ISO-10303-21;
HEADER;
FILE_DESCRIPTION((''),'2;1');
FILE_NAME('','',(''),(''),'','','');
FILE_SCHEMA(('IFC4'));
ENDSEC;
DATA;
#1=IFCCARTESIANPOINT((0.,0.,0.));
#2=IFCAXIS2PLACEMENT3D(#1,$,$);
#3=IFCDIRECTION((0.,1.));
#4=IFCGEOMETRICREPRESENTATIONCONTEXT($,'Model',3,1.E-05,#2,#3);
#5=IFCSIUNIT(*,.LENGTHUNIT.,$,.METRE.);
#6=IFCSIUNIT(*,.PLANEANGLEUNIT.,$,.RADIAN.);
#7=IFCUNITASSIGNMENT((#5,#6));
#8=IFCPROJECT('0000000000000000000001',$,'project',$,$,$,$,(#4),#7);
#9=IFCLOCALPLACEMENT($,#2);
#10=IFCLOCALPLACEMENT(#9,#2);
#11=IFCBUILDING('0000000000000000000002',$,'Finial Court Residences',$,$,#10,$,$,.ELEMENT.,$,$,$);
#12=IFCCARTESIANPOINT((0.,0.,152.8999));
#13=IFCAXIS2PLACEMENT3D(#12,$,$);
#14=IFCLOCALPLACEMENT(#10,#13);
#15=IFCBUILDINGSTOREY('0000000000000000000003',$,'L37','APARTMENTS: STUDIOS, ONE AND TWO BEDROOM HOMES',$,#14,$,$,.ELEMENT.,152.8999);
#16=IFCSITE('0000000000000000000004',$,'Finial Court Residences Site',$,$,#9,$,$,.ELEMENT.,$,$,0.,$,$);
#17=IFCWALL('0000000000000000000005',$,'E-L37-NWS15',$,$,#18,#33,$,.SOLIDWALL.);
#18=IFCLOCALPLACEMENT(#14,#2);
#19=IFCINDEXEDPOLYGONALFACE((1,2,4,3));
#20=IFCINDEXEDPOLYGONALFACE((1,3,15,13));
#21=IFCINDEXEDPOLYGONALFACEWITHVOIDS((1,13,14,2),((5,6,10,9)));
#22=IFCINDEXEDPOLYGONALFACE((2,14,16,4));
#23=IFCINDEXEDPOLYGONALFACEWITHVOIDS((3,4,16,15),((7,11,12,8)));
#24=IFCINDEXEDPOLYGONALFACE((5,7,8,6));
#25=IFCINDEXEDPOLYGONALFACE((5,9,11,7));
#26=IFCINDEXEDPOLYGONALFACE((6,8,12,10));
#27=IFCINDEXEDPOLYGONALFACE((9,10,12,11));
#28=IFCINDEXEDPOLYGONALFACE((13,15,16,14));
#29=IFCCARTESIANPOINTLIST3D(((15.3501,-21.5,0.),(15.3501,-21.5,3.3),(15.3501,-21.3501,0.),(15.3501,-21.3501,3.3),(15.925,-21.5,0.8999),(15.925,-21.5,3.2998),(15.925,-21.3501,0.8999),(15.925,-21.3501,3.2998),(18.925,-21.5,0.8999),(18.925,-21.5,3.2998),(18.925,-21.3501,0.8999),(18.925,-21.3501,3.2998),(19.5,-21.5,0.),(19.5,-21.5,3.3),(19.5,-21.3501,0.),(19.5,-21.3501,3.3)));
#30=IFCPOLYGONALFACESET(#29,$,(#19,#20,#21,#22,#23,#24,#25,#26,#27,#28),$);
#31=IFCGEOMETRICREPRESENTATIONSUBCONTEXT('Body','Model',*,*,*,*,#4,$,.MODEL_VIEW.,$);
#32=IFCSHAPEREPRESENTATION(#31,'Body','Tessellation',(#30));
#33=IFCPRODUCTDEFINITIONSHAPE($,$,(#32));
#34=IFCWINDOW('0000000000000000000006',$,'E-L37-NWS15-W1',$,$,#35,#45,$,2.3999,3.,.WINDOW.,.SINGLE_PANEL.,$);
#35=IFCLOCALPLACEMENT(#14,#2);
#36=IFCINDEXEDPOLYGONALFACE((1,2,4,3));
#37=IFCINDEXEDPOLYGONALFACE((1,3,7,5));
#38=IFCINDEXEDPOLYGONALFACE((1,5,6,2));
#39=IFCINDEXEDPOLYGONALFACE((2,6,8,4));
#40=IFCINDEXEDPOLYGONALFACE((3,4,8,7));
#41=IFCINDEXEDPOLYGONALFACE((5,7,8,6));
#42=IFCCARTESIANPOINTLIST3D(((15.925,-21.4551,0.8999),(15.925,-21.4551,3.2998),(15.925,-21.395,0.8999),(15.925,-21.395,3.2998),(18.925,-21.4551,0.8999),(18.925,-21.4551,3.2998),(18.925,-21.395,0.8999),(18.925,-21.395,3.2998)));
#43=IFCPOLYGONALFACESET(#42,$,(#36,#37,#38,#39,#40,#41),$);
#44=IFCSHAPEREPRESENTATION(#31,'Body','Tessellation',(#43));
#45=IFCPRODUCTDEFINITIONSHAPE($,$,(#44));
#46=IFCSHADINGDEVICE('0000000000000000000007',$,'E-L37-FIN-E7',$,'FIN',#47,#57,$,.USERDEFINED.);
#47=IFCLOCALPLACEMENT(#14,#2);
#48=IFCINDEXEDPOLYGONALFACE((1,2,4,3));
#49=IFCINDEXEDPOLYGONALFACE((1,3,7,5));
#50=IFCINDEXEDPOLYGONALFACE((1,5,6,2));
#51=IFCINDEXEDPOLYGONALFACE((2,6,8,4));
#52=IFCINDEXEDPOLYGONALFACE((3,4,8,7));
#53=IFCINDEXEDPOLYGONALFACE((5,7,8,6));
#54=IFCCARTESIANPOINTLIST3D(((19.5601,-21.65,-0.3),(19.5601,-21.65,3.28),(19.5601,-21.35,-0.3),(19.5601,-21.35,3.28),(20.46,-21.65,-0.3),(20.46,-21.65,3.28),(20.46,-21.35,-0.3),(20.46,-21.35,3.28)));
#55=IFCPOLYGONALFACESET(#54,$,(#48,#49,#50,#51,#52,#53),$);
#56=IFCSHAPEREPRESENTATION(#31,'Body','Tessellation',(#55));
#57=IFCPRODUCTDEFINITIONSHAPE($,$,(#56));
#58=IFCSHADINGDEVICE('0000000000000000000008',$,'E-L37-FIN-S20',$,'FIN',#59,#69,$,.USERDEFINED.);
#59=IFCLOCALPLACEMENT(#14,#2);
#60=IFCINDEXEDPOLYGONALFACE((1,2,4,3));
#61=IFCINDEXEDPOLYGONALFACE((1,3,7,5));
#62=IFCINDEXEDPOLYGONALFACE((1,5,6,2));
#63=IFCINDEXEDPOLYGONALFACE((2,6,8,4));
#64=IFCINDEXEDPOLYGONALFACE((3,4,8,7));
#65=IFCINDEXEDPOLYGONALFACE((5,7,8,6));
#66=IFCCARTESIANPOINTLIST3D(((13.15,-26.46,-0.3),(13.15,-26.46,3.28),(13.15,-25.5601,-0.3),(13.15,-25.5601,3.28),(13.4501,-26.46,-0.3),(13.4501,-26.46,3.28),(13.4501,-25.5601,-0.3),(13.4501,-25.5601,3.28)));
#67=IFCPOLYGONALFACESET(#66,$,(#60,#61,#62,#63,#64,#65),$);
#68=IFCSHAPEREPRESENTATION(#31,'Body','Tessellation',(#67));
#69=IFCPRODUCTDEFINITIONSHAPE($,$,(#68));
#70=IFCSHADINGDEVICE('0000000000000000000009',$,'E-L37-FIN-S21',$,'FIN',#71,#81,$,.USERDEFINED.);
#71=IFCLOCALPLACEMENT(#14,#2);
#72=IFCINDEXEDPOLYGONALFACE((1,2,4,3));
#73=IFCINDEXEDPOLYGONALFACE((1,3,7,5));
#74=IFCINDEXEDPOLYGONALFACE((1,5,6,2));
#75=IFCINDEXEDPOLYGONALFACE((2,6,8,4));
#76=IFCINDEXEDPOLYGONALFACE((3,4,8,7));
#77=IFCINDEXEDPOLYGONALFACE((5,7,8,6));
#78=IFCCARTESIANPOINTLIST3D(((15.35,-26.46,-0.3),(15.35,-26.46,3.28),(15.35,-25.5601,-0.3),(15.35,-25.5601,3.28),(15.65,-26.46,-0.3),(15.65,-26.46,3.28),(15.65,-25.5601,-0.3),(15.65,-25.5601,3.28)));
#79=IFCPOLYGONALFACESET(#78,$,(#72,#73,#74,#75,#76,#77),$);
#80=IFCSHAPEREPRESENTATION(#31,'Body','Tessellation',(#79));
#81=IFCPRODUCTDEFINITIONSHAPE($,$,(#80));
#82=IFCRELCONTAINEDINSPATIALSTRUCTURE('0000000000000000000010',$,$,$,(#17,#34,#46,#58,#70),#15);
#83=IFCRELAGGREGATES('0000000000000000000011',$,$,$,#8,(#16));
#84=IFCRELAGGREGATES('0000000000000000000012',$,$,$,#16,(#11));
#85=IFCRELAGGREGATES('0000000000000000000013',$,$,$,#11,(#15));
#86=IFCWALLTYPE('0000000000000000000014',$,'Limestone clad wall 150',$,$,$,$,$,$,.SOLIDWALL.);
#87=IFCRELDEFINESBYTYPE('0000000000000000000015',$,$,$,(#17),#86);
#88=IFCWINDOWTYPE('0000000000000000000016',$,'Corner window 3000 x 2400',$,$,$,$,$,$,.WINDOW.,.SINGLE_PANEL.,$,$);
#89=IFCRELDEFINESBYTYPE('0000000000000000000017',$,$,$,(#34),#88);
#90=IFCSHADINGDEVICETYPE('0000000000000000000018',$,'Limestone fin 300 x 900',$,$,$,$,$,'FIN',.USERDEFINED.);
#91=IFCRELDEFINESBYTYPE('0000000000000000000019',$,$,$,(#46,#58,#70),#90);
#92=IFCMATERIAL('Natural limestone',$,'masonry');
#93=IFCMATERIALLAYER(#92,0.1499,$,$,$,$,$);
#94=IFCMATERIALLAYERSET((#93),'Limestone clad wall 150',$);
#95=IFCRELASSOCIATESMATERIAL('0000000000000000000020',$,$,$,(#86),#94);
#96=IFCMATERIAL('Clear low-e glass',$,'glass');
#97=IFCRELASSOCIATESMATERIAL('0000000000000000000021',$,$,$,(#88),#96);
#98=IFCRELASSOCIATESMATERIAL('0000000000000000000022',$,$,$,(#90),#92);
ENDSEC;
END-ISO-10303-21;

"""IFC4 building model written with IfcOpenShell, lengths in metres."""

from ifc_helpers import new_model, si_unit, direction, frame, frame_2d, origin, origin_2d, place, context, subcontext, project, spatial, rectangle, extrude, material, layer, layer_set, type_object, element, fill, save


model = new_model("IFC4")

# Units and contexts
model_context = context("Model", 3, precision=1e-05, world=origin(), true_north=direction((0.0, 1.0)))
body_context = subcontext(model_context, "Body", "Model", "MODEL_VIEW")
ifc_project = project(units=[si_unit("LENGTHUNIT", "METRE"), si_unit("PLANEANGLEUNIT", "RADIAN")], contexts=[model_context])

# Site, building, storey
site_placement = place(None, origin())
site = spatial("IfcSite", under=ifc_project, at=site_placement, Name="Finial Court Residences Site", CompositionType="ELEMENT", RefElevation=0.0)
building_placement = place(site_placement, origin())
building = spatial("IfcBuilding", under=site, at=building_placement, Name="Finial Court Residences", CompositionType="ELEMENT")
storey_placement = place(building_placement, frame((0.0, 0.0, 152.8999)))
storey = spatial("IfcBuildingStorey", under=building, at=storey_placement, Name="L37", Description="APARTMENTS: STUDIOS, ONE AND TWO BEDROOM HOMES", CompositionType="ELEMENT", Elevation=152.8999)

# Shared definitions
ifc_material_1 = material(Name="Clear low-e glass", Category="glass")

# Wall, opening, window
ifc_material_2 = material(Name="Natural limestone", Category="masonry")
ifc_layer_1 = layer(ifc_material_2, 0.1499)
ifc_layer_set_1 = layer_set([ifc_layer_1], Name="Limestone clad wall 150")
wall_type_1 = type_object("IfcWallType", Name="Limestone clad wall 150", PredefinedType="SOLIDWALL", material=ifc_layer_set_1)
wall_1_placement = place(storey_placement, frame((19.5, -21.425, 0.0), z_axis=(0.0, 0.0, 1.0), x_axis=(-1.0, 0.0, 0.0)))
wall_1 = element("IfcWall", 1, at=wall_1_placement, inside=storey, type_object=wall_type_1, Name="E-L37-NWS15", PredefinedType="SOLIDWALL", context=body_context, shape_type="SweptSolid", body=[
    extrude(rectangle(XDim=4.1499, YDim=0.1499, at=frame_2d((2.075, 0.0))), origin(), (0.0, 0.0, 1.0), 3.3),
])
opening_1_placement = place(wall_1_placement, frame((0.575, 0.0, 0.8999)))
opening_1 = element("IfcOpeningElement", 2, at=opening_1_placement, cuts=wall_1, PredefinedType="OPENING", context=body_context, shape_type="SweptSolid", body=[
    extrude(rectangle(XDim=3.0, YDim=2.3999, at=frame_2d((1.5, 1.2))), frame((0.0, 0.085, 0.0), z_axis=(0.0, -1.0, 0.0), x_axis=(1.0, 0.0, 0.0)), (0.0, 0.0, 1.0), 0.1699),
])
window_type_1 = type_object("IfcWindowType", Name="Corner window 3000 x 2400", PartitioningType="SINGLE_PANEL", PredefinedType="WINDOW", material=ifc_material_1)
window_1_placement = place(opening_1_placement, origin())
window_1 = element("IfcWindow", 3, at=window_1_placement, inside=storey, type_object=window_type_1, Name="E-L37-NWS15-W1", OverallHeight=2.3999, OverallWidth=3.0, PartitioningType="SINGLE_PANEL", PredefinedType="WINDOW", context=body_context, shape_type="SweptSolid", body=[
    extrude(rectangle(XDim=3.0, YDim=2.3999, at=frame_2d((1.5, 1.2))), frame((0.0, 0.03, 0.0), z_axis=(0.0, -1.0, 0.0), x_axis=(1.0, 0.0, 0.0)), (0.0, 0.0, 1.0), 0.0601),
])
fill(opening_1, window_1)

# Shading devices
shading_device_type = type_object("IfcShadingDeviceType", Name="Limestone fin 300 x 900", ElementType="FIN", PredefinedType="USERDEFINED", material=ifc_material_2)
shading_device_placement = place(storey_placement, frame((20.01, -21.5, -0.3), z_axis=(0.0, 0.0, 1.0), x_axis=(1.0, 0.0, 0.0)))
element("IfcShadingDevice", 4, at=shading_device_placement, inside=storey, type_object=shading_device_type, Name="E-L37-FIN-E7", ObjectType="FIN", PredefinedType="USERDEFINED", context=body_context, shape_type="SweptSolid", body=[
    extrude(rectangle(XDim=0.8999, YDim=0.3, at=origin_2d()), origin(), (0.0, 0.0, 1.0), 3.5801),
])
for number, where, z_axis, x_axis, name in (
    (5, (13.3, -26.01, -0.3), (0.0, 0.0, 1.0), (1.0, 0.0, 0.0), "E-L37-FIN-S20"),
    (6, (15.5, -26.01, -0.3), (0.0, 0.0, 1.0), (1.0, 0.0, 0.0), "E-L37-FIN-S21"),
):
    element("IfcShadingDevice", number, at=place(storey_placement, frame(where, z_axis=z_axis, x_axis=x_axis)), inside=storey, type_object=shading_device_type, Name=name, ObjectType="FIN", PredefinedType="USERDEFINED", context=body_context, shape_type="SweptSolid", body=[
        extrude(rectangle(XDim=0.3, YDim=0.8999, at=origin_2d()), origin(), (0.0, 0.0, 1.0), 3.5801),
    ])

save(model, "model.ifc")
